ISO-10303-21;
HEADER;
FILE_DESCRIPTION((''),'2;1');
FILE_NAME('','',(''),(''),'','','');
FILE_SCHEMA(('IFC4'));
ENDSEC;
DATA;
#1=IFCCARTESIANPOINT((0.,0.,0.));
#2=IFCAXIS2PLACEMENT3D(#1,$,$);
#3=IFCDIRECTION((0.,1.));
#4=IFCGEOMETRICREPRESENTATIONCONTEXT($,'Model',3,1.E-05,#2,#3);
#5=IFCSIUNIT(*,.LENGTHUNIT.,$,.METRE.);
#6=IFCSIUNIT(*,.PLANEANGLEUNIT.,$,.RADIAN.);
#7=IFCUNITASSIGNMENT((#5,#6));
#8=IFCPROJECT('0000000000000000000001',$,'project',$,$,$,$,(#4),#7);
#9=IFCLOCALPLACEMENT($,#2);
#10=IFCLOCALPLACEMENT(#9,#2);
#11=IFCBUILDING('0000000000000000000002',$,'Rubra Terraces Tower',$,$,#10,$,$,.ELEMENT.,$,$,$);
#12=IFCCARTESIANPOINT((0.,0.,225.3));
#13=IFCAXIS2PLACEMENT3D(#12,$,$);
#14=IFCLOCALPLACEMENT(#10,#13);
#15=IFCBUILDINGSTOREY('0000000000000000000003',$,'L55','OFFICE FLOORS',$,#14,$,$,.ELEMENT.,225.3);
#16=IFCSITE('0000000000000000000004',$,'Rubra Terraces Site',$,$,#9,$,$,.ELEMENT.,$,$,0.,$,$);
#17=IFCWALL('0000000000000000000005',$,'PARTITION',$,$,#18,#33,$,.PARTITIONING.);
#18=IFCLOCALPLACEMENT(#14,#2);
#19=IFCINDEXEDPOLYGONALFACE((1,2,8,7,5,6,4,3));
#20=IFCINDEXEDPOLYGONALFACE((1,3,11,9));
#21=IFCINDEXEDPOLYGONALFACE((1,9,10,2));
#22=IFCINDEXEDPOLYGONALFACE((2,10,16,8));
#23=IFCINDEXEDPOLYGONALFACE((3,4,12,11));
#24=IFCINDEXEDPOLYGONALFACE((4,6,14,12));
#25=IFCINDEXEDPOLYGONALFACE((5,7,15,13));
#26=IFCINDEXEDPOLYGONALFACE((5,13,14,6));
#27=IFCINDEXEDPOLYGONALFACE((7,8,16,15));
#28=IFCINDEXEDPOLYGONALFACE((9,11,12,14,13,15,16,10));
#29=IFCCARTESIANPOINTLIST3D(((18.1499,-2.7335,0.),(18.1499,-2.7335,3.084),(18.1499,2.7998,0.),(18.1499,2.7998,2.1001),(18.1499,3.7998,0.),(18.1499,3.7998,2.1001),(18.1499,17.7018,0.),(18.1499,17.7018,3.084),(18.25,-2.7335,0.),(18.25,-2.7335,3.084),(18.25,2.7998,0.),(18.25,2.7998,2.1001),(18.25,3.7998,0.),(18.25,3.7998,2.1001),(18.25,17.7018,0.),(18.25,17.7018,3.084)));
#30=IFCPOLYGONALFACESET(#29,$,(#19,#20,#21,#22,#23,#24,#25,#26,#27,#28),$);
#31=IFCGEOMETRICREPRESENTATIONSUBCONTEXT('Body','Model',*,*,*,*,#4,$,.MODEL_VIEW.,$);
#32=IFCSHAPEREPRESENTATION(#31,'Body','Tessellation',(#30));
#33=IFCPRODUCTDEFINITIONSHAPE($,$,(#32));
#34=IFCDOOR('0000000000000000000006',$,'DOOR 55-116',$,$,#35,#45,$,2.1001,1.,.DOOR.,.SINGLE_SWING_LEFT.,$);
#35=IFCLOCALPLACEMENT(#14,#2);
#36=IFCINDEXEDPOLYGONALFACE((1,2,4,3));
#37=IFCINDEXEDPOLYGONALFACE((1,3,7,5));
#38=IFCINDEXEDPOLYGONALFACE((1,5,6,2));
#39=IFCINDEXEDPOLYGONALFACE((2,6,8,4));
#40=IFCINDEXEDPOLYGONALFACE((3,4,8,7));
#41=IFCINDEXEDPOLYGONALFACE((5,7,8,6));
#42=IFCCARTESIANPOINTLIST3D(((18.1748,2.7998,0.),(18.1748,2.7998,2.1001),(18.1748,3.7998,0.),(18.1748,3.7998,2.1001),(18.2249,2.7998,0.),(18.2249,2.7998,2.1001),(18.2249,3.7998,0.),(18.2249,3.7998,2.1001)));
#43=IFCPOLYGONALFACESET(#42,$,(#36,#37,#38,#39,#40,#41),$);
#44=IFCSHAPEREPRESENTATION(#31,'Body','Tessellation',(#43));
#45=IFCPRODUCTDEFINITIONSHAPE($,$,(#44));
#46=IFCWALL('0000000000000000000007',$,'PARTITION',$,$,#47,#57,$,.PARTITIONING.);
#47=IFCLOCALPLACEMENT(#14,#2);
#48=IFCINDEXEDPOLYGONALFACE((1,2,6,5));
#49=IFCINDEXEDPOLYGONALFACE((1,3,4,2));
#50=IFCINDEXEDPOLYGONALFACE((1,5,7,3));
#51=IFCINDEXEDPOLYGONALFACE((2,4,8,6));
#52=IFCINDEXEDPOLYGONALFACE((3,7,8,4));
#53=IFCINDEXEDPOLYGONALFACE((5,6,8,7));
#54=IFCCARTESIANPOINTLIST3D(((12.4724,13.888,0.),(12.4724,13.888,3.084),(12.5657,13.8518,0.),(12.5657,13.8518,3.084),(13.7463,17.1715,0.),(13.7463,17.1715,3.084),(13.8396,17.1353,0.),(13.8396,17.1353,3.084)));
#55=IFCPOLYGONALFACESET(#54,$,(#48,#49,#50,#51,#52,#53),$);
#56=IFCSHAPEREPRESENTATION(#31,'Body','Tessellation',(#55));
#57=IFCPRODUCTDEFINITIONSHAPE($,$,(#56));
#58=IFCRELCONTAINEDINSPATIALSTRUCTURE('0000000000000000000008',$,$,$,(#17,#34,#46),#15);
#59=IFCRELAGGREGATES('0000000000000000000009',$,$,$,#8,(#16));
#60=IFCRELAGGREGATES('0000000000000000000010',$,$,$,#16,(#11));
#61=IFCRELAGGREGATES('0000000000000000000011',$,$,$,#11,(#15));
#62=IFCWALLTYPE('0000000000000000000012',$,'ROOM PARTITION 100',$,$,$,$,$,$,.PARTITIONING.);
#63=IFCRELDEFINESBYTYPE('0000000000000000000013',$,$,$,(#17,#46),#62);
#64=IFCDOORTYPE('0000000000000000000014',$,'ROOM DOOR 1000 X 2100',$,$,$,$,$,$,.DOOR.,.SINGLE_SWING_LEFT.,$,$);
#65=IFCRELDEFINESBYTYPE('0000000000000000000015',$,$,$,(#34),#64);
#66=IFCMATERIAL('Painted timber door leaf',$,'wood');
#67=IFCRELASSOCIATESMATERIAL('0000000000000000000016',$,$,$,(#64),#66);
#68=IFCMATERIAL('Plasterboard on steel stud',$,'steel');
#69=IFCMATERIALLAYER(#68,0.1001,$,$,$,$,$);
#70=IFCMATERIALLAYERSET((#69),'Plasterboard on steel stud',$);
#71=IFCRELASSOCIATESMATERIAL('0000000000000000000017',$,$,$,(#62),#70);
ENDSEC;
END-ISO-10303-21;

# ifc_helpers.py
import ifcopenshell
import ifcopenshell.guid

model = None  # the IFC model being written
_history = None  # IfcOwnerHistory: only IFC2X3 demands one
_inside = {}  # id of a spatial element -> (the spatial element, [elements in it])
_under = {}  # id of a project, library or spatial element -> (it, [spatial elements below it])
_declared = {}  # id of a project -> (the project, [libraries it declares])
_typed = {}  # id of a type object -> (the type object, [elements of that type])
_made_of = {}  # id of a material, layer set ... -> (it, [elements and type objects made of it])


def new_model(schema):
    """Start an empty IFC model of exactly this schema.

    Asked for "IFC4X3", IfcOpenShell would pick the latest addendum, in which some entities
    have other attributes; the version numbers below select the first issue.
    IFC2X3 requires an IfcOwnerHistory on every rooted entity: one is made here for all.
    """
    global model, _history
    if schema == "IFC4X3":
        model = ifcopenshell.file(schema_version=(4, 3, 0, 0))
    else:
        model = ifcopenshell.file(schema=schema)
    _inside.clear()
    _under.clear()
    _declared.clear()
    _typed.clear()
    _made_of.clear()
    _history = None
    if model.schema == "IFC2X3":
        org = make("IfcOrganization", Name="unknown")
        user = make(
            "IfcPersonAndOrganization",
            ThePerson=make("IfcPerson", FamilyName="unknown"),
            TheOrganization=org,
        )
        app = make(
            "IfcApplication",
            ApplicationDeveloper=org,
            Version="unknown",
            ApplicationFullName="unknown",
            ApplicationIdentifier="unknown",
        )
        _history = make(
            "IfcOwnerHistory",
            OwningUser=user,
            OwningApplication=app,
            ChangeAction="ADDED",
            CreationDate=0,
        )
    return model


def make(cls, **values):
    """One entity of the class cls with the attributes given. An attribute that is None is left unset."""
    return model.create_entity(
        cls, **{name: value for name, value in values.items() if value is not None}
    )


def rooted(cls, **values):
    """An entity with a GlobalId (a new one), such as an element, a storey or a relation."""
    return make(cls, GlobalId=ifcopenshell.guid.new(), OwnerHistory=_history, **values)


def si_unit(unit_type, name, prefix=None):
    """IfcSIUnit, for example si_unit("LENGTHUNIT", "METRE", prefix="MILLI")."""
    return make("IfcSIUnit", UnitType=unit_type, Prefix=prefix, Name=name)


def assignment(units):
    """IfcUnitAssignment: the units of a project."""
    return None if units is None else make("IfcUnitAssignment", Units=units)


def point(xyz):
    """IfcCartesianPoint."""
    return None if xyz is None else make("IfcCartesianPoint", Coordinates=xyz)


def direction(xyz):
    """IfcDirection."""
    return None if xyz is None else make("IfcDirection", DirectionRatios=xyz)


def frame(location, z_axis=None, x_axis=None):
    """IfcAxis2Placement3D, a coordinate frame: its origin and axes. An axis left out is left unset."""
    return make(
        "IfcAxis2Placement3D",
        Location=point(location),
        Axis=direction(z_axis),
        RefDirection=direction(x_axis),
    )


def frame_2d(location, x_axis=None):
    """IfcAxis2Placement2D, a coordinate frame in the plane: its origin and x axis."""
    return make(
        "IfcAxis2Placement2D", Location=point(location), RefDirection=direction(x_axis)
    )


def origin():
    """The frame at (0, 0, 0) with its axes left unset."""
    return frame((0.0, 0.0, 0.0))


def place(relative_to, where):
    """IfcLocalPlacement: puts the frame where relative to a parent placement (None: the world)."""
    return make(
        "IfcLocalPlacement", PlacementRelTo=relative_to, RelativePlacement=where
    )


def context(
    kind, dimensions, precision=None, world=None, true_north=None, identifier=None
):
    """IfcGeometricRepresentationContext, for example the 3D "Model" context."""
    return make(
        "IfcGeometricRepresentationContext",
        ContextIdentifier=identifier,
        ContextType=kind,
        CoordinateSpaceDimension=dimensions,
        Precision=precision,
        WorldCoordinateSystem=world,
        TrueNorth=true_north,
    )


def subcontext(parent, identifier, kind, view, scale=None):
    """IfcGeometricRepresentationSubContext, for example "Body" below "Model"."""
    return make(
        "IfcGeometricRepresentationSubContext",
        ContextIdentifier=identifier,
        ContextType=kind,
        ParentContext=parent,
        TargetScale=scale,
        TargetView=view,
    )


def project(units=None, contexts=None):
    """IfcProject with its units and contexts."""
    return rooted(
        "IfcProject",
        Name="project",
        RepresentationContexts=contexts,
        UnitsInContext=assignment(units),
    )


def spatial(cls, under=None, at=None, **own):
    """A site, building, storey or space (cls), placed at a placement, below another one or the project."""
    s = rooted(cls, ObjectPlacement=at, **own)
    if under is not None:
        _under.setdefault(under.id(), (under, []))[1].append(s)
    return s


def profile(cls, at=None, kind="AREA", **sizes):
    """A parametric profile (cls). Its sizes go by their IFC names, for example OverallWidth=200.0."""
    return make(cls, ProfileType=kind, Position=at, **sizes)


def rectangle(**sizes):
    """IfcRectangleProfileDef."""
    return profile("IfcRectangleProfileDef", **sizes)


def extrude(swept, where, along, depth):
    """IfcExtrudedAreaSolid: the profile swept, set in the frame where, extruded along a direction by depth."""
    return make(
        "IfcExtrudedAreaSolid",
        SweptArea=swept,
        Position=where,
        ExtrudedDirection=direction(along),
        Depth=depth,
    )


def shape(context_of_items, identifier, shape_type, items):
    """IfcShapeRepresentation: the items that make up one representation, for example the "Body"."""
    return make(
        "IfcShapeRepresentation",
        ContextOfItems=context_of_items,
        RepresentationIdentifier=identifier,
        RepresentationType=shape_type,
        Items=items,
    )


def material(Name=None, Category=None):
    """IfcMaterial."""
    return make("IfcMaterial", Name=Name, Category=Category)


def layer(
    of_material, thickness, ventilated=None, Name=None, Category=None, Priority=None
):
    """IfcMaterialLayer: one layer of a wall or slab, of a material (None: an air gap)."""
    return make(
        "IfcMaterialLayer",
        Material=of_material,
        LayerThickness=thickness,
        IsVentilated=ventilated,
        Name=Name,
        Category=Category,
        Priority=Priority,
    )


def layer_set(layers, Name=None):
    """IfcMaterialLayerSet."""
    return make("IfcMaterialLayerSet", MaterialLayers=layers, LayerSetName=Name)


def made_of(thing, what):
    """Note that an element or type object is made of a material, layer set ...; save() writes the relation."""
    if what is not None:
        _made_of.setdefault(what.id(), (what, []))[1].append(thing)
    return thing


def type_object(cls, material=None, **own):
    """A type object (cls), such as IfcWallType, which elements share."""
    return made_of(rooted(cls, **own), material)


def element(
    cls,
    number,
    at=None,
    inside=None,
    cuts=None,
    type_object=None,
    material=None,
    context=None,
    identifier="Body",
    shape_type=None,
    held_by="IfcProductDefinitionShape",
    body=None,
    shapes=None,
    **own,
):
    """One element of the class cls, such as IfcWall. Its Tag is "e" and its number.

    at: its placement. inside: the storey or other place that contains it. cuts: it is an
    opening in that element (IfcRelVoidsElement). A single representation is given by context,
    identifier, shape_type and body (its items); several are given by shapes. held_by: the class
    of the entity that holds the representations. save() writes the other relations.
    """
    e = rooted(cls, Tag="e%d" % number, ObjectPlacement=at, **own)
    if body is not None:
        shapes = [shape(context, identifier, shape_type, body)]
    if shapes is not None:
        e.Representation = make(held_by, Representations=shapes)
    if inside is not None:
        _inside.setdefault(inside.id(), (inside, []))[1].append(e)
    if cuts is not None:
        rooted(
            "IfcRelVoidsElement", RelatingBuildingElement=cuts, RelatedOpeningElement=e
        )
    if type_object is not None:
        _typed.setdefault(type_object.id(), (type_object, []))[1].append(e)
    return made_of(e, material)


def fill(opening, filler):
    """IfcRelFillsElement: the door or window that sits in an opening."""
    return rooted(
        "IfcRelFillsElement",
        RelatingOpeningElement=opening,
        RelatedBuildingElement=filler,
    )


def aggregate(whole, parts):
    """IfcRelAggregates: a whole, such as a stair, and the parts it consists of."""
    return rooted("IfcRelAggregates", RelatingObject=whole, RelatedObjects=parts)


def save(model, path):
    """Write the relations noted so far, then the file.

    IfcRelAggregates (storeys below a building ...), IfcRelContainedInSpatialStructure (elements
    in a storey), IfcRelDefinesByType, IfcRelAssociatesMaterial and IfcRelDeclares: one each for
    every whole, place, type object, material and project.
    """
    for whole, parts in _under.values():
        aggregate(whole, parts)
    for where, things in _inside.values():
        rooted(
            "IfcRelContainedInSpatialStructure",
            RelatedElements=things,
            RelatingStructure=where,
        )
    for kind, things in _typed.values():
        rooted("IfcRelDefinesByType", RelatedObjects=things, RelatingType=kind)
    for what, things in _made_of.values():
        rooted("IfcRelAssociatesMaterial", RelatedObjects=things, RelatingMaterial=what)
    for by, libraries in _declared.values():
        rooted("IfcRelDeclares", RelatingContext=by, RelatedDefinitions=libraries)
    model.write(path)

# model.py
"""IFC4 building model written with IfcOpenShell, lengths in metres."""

from ifc_helpers import new_model, si_unit, direction, frame, frame_2d, origin, place, context, subcontext, project, spatial, rectangle, extrude, material, layer, layer_set, type_object, element, fill, save


model = new_model("IFC4")

# Units and contexts
model_context = context("Model", 3, precision=1e-05, world=origin(), true_north=direction((0.0, 1.0)))
body_context = subcontext(model_context, "Body", "Model", "MODEL_VIEW")
ifc_project = project(units=[si_unit("LENGTHUNIT", "METRE"), si_unit("PLANEANGLEUNIT", "RADIAN")], contexts=[model_context])

# Site, building, storey
site_placement = place(None, origin())
site = spatial("IfcSite", under=ifc_project, at=site_placement, Name="Rubra Terraces Site", CompositionType="ELEMENT", RefElevation=0.0)
building_placement = place(site_placement, origin())
building = spatial("IfcBuilding", under=site, at=building_placement, Name="Rubra Terraces Tower", CompositionType="ELEMENT")
storey_placement = place(building_placement, frame((0.0, 0.0, 225.3)))
storey = spatial("IfcBuildingStorey", under=building, at=storey_placement, Name="L55", Description="OFFICE FLOORS", CompositionType="ELEMENT", Elevation=225.3)

# Wall, opening, door
ifc_material_1 = material(Name="Painted timber door leaf", Category="wood")
door_type = type_object("IfcDoorType", Name="ROOM DOOR 1000 X 2100", OperationType="SINGLE_SWING_LEFT", PredefinedType="DOOR", material=ifc_material_1)
ifc_material_2 = material(Name="Plasterboard on steel stud", Category="steel")
ifc_layer_1 = layer(ifc_material_2, 0.1001)
ifc_layer_set_1 = layer_set([ifc_layer_1], Name="Plasterboard on steel stud")
wall_type_1 = type_object("IfcWallType", Name="ROOM PARTITION 100", PredefinedType="PARTITIONING", material=ifc_layer_set_1)
wall_1_placement = place(storey_placement, frame((18.2, 17.7019, 0.0), z_axis=(0.0, 0.0, 1.0), x_axis=(0.0, -1.0, 0.0)))
wall_1 = element("IfcWall", 1, at=wall_1_placement, inside=storey, type_object=wall_type_1, Name="PARTITION", PredefinedType="PARTITIONING", context=body_context, shape_type="SweptSolid", body=[
    extrude(rectangle(XDim=20.4353, YDim=0.1001, at=frame_2d((10.2178, 0.0))), origin(), (0.0, 0.0, 1.0), 3.084),
])
opening_1_placement = place(wall_1_placement, frame((13.9021, 0.0, 0.0)))
opening_1 = element("IfcOpeningElement", 2, at=opening_1_placement, cuts=wall_1, PredefinedType="OPENING", context=body_context, shape_type="SweptSolid", body=[
    extrude(rectangle(XDim=1.0, YDim=2.1001, at=frame_2d((0.5, 1.05))), frame((0.0, 0.0601, 0.0), z_axis=(0.0, -1.0, 0.0), x_axis=(1.0, 0.0, 0.0)), (0.0, 0.0, 1.0), 0.1201),
])
door_1_placement = place(opening_1_placement, origin())
door_1 = element("IfcDoor", 3, at=door_1_placement, inside=storey, type_object=door_type, Name="DOOR 55-116", OperationType="SINGLE_SWING_LEFT", OverallHeight=2.1001, OverallWidth=1.0, PredefinedType="DOOR", context=body_context, shape_type="SweptSolid", body=[
    extrude(rectangle(XDim=1.0, YDim=2.1001, at=frame_2d((0.5, 1.05))), frame((0.0, 0.0249, 0.0), z_axis=(0.0, -1.0, 0.0), x_axis=(1.0, 0.0, 0.0)), (0.0, 0.0, 1.0), 0.05),
])
fill(opening_1, door_1)

# Wall
wall_2_placement = place(storey_placement, frame((12.519, 13.8699, 0.0), z_axis=(0.0, 0.0, 1.0), x_axis=(0.361714, 0.932289, 0.0)))
element("IfcWall", 4, at=wall_2_placement, inside=storey, type_object=wall_type_1, Name="PARTITION", PredefinedType="PARTITIONING", context=body_context, shape_type="SweptSolid", body=[
    extrude(rectangle(XDim=3.522, YDim=0.1001, at=frame_2d((1.761, 0.0))), origin(), (0.0, 0.0, 1.0), 3.084),
])

save(model, "model.ifc")
